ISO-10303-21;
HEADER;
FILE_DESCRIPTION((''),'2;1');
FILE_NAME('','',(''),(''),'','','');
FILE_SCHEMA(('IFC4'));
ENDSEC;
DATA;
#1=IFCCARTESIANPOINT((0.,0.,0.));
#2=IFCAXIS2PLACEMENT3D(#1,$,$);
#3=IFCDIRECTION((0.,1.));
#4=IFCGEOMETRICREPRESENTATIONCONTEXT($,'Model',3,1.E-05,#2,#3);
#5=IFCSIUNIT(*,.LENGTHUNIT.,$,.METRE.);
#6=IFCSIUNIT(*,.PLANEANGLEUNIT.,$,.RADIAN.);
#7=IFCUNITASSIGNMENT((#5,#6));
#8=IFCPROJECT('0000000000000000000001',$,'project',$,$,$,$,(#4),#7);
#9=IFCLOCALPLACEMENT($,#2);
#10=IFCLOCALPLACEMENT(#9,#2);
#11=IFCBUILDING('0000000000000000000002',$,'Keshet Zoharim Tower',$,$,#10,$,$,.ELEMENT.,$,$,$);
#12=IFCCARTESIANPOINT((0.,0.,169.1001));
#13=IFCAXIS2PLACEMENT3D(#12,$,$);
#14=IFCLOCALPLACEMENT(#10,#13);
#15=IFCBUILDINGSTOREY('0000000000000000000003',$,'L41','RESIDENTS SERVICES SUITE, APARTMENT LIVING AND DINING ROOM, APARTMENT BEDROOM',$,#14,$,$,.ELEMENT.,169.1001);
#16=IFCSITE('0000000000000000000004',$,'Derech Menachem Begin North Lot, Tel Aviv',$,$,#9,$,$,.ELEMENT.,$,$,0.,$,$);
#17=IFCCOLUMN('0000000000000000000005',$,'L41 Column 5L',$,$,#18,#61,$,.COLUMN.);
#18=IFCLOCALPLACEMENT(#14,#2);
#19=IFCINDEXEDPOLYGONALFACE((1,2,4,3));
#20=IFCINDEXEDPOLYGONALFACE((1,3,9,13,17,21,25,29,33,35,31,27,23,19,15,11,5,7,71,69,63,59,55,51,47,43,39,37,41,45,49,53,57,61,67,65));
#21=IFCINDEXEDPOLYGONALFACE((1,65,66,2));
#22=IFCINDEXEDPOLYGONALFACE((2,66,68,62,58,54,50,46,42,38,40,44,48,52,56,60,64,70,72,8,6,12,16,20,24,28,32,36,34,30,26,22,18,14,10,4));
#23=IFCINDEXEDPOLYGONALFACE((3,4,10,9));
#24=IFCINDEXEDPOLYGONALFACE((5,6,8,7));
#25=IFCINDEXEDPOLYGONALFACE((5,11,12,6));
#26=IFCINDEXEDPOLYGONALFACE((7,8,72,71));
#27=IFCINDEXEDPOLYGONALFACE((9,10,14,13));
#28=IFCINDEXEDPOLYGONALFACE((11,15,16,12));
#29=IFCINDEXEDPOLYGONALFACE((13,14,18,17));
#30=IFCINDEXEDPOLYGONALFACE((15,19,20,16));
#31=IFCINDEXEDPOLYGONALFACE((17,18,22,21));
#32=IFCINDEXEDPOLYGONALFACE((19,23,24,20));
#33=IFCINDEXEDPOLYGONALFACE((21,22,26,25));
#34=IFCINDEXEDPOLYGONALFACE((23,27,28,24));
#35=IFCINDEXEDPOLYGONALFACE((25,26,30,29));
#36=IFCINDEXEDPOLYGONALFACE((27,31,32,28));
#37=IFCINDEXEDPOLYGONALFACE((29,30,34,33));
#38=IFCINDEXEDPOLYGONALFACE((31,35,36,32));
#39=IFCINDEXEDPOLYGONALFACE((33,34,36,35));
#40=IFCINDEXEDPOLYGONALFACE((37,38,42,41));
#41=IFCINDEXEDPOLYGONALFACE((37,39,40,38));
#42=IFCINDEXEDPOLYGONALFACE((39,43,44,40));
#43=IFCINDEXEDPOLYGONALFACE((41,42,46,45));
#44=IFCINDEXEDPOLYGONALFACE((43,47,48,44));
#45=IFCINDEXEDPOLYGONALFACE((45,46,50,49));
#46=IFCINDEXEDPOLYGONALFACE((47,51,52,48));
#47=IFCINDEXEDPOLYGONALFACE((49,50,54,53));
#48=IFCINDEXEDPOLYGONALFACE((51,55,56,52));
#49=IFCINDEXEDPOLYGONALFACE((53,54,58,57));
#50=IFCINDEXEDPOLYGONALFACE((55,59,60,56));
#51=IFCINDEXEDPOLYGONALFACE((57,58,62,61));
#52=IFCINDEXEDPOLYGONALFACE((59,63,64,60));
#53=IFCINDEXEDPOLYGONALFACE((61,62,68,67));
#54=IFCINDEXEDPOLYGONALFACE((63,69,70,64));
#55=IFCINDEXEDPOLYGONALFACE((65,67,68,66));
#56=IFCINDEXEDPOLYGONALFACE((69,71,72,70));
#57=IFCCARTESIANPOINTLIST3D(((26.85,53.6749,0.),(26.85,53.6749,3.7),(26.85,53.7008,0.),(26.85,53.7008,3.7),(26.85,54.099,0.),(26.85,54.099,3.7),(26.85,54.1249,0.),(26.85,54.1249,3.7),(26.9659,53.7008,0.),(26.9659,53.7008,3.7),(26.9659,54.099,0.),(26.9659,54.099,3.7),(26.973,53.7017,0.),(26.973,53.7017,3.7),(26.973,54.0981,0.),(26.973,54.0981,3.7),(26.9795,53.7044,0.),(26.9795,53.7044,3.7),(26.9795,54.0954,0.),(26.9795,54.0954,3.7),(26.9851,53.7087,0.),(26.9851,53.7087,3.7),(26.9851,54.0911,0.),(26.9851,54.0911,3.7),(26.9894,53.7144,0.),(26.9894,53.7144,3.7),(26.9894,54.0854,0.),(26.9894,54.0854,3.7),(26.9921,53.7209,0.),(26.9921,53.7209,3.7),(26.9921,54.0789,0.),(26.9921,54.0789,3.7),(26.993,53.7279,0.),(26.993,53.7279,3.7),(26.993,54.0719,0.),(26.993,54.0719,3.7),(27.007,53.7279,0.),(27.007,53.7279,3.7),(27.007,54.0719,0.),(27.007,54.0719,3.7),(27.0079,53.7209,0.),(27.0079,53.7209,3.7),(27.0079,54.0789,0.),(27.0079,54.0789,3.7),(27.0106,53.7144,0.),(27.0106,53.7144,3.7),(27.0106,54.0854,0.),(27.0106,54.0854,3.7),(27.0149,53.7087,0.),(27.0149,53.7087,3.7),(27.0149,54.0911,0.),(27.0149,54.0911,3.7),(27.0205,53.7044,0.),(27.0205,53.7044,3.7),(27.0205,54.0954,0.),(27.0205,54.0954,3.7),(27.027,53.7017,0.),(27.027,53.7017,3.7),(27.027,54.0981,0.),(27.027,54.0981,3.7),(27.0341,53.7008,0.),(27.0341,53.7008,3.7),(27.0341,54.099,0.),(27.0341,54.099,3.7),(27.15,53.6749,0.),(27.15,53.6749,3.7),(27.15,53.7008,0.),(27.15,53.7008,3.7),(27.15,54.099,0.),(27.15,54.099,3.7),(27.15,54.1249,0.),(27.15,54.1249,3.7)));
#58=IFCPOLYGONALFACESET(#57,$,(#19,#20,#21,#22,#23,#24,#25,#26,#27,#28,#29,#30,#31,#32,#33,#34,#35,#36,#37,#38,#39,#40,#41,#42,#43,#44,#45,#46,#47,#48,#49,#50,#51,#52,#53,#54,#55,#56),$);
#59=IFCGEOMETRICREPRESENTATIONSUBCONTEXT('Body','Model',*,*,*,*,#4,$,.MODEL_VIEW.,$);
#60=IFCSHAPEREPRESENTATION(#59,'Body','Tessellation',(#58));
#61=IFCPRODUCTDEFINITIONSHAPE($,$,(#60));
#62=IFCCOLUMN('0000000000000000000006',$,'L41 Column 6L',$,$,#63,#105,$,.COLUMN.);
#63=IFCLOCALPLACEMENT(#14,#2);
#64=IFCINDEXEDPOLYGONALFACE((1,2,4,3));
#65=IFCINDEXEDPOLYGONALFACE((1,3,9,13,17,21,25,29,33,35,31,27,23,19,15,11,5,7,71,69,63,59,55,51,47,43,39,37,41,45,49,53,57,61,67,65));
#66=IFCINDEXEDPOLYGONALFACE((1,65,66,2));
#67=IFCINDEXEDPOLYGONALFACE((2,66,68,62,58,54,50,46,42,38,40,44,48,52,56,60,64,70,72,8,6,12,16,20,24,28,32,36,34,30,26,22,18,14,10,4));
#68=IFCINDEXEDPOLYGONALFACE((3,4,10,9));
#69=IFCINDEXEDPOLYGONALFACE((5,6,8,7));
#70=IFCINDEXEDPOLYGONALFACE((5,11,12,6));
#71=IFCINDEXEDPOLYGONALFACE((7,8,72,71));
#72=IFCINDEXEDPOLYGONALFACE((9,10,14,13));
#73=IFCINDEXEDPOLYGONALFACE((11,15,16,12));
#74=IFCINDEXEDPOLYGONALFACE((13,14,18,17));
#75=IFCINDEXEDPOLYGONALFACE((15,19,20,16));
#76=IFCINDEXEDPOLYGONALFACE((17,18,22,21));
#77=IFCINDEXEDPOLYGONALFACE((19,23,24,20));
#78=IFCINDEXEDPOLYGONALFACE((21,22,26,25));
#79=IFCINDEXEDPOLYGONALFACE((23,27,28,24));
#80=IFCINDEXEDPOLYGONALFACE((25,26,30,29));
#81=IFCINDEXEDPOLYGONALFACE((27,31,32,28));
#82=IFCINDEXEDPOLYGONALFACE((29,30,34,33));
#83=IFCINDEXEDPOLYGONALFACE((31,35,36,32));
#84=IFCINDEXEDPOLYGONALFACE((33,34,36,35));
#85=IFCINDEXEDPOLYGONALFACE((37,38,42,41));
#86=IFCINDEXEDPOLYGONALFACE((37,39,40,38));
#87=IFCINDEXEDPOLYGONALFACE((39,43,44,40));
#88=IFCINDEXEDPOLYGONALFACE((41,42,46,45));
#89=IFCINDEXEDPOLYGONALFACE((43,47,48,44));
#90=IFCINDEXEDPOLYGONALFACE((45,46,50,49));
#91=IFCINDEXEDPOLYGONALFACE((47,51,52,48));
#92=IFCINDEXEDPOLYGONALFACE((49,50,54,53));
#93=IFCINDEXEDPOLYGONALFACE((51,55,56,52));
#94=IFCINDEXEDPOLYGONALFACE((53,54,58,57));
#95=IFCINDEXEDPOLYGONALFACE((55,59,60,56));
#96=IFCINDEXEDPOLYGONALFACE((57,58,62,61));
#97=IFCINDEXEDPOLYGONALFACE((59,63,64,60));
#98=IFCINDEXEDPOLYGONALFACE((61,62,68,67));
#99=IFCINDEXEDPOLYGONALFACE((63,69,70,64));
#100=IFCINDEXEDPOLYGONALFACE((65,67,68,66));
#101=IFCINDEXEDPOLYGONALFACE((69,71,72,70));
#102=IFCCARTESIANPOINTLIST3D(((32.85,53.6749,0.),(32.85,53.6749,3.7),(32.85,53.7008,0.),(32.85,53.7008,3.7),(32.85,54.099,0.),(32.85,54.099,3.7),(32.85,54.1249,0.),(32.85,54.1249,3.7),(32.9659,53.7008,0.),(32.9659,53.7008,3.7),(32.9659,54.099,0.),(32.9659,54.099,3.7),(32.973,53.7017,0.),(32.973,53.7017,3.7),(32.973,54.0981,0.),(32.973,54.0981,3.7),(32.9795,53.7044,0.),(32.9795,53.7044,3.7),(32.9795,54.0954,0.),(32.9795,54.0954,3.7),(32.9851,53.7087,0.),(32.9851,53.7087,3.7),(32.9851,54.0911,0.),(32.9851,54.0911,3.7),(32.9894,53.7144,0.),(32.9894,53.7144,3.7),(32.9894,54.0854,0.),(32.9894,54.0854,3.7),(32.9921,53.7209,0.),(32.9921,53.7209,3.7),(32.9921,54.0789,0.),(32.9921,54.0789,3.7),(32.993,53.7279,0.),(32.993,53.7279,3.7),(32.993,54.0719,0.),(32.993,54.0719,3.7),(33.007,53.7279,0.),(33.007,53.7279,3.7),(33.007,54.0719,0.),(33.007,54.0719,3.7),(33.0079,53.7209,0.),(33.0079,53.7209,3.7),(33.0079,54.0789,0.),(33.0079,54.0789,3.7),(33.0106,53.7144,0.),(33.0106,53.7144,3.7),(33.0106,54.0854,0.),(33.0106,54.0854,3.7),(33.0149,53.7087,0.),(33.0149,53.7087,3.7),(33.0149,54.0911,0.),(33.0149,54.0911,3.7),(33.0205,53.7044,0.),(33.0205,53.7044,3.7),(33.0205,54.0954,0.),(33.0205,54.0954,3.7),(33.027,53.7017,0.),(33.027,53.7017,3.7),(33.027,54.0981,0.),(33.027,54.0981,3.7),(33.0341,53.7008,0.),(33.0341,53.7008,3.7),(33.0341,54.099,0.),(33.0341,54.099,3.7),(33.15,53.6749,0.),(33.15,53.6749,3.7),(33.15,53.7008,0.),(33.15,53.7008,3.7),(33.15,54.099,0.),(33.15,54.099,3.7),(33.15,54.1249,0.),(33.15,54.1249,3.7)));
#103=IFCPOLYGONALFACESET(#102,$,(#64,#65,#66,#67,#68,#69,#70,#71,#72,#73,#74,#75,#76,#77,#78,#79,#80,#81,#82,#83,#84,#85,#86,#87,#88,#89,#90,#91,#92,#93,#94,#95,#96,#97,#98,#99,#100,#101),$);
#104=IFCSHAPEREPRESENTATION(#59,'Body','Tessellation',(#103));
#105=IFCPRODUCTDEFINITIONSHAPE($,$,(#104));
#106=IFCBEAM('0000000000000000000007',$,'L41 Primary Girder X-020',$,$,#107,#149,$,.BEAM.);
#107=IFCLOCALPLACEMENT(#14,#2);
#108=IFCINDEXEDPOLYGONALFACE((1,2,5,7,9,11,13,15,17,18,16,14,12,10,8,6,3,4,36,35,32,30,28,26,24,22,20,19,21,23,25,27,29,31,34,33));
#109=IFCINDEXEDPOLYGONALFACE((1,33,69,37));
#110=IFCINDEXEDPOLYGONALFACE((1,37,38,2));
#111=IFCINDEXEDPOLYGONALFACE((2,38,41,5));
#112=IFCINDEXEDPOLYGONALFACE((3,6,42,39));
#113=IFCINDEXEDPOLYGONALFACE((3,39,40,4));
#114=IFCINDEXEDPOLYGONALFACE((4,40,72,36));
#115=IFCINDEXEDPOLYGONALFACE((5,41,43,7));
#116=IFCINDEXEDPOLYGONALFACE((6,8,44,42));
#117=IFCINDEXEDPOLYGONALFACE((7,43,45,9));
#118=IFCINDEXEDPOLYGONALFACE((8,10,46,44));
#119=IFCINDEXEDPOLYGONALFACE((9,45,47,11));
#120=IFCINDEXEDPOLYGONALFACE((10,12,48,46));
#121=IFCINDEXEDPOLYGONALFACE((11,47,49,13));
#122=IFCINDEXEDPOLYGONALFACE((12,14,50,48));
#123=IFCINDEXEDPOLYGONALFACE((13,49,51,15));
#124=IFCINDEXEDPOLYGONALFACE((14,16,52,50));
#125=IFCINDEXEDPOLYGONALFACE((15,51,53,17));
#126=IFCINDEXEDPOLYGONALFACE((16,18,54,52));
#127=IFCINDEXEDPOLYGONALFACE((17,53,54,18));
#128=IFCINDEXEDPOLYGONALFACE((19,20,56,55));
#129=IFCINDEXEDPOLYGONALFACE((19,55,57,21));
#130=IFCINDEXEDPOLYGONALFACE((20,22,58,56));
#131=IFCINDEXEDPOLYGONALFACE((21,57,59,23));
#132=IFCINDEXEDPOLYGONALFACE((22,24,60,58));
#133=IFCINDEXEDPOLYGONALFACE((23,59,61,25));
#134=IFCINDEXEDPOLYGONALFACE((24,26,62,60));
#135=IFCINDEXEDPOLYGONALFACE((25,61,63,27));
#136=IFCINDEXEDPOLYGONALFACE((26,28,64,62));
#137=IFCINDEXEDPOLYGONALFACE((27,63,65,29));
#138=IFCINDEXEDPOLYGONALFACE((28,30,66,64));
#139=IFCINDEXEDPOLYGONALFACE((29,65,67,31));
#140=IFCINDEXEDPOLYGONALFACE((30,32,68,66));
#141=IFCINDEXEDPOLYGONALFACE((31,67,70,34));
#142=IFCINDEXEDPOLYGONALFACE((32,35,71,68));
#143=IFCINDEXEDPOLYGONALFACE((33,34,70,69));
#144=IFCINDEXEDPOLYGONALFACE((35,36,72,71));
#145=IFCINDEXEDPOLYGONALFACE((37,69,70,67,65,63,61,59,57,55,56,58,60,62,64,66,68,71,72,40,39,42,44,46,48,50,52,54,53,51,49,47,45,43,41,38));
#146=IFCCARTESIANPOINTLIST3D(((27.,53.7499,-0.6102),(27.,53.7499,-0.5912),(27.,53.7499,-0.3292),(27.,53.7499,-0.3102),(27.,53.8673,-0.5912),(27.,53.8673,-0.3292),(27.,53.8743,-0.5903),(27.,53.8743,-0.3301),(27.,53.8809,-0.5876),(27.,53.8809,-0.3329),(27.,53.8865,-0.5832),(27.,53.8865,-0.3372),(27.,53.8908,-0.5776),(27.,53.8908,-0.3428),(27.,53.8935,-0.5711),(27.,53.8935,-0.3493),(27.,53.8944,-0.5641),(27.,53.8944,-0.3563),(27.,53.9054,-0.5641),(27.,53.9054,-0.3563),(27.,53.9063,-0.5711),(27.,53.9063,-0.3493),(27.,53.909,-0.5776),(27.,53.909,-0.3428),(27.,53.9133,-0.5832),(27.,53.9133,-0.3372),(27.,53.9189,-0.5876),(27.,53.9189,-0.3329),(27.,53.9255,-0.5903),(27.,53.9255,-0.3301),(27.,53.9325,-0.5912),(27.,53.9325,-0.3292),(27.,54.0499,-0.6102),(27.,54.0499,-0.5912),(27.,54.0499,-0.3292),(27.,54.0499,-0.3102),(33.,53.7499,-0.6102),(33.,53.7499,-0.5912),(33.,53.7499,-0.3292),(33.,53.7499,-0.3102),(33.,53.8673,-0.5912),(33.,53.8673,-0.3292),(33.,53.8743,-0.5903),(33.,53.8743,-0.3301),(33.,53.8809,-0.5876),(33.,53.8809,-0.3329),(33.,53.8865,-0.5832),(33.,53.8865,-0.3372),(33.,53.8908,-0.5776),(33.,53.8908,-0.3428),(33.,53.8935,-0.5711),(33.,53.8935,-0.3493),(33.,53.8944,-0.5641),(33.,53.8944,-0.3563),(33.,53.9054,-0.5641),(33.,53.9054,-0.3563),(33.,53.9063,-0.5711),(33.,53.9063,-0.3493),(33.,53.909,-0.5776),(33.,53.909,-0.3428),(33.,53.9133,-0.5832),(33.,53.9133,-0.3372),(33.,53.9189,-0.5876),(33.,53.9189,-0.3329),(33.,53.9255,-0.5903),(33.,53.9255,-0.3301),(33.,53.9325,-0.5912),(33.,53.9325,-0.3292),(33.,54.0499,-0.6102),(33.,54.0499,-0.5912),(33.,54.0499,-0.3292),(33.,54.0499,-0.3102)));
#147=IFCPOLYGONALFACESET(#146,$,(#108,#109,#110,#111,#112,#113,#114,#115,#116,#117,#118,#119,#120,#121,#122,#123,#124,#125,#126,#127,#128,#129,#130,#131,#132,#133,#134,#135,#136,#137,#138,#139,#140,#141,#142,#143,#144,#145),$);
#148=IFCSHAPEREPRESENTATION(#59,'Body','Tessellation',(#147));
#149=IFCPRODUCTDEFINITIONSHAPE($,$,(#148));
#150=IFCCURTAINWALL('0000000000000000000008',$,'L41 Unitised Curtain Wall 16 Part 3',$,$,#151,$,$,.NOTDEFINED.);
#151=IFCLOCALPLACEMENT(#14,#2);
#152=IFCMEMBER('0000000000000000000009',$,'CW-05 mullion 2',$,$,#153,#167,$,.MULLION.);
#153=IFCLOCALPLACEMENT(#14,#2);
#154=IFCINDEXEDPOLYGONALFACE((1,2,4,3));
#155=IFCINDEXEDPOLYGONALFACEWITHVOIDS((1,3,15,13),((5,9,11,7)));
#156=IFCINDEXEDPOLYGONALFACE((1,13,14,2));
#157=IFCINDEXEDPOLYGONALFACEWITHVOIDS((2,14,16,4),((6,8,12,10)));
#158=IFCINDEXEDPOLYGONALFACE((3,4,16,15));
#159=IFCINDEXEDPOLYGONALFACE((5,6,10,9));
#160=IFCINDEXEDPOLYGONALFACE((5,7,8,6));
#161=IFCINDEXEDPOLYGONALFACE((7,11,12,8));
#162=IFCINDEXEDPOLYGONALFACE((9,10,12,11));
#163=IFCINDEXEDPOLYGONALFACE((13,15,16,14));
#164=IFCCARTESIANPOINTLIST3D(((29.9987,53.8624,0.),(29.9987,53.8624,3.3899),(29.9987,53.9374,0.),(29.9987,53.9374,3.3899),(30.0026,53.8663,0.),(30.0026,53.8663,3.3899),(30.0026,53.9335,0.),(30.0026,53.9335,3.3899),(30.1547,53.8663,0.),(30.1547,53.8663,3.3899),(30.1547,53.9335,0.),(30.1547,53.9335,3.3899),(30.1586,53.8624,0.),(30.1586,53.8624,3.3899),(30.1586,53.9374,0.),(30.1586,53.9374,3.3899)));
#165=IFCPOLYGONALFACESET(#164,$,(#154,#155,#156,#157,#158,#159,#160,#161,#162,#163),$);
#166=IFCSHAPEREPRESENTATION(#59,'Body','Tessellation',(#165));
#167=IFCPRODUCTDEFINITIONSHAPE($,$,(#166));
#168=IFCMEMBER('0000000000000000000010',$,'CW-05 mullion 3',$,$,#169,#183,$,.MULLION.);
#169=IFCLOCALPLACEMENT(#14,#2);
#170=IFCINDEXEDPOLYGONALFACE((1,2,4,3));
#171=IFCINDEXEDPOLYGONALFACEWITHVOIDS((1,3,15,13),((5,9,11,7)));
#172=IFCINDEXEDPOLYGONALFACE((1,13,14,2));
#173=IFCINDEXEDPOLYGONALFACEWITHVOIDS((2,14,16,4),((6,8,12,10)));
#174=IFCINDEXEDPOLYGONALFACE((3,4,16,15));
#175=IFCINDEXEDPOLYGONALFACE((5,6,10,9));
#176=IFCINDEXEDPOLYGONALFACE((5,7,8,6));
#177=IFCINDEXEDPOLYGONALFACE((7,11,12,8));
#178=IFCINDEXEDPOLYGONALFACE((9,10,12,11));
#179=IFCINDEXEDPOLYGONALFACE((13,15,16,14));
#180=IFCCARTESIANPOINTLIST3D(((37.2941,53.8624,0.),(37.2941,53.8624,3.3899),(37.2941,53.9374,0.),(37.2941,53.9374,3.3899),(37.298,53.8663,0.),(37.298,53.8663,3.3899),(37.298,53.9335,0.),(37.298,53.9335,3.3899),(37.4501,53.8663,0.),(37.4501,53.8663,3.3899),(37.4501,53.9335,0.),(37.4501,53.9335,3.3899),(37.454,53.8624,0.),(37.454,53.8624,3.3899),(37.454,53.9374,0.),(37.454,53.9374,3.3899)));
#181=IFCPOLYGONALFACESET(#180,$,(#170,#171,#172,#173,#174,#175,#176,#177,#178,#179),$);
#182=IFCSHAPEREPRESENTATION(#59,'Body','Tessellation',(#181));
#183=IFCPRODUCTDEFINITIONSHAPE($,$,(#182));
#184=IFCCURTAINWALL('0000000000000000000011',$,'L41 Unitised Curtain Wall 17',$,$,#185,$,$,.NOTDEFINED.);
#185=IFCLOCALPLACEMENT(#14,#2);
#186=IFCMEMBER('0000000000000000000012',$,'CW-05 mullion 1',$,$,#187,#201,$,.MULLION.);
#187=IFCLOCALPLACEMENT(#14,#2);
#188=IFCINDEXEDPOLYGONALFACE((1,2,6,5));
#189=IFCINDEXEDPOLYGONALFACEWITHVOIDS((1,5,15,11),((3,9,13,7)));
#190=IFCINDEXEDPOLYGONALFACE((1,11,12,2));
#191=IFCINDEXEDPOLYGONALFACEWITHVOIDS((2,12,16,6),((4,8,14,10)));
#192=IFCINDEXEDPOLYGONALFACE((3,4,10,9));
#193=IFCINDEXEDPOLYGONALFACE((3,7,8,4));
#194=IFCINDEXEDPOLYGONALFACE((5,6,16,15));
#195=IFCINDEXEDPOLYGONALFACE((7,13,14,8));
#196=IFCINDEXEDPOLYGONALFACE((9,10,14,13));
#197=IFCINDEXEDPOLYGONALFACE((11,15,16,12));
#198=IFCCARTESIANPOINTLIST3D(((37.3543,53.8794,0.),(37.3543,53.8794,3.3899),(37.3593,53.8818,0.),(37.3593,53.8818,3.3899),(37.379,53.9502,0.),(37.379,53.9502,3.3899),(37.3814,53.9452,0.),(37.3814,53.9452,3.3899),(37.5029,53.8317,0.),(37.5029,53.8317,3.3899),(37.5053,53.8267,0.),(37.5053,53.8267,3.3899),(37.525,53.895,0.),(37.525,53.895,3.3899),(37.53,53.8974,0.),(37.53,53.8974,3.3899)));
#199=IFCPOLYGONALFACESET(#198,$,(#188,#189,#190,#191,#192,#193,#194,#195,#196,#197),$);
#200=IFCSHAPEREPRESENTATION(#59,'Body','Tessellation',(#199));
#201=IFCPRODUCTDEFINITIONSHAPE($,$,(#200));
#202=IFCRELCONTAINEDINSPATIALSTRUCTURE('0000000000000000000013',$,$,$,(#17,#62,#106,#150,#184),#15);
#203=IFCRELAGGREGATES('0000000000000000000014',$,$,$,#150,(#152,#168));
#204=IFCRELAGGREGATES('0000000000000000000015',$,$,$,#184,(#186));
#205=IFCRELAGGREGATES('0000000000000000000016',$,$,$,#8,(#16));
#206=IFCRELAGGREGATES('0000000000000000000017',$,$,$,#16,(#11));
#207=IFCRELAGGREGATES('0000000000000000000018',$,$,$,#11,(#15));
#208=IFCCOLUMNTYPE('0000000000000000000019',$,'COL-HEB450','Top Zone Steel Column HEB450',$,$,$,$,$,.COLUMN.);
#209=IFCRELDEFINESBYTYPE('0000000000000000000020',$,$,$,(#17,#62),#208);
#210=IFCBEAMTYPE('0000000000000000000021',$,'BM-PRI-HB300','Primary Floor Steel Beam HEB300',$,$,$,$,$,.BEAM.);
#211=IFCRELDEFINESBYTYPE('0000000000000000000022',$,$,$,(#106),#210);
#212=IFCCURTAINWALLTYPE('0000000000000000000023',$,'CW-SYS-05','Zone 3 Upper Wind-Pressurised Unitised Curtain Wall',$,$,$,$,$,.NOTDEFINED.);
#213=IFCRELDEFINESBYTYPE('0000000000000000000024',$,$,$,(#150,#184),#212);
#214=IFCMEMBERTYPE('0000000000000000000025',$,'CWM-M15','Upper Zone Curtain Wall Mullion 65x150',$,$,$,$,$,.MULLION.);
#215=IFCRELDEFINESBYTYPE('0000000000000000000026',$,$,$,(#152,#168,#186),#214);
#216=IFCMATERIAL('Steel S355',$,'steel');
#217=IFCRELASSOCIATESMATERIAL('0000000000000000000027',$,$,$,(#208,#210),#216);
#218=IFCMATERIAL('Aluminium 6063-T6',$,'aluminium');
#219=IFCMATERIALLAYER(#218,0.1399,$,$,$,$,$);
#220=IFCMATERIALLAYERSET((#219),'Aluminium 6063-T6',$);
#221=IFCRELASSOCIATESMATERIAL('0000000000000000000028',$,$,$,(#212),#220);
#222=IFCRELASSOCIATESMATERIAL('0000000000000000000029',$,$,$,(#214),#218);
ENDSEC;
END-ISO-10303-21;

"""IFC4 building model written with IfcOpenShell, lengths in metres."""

from ifc_helpers import new_model, si_unit, direction, frame, origin, origin_2d, place, context, subcontext, project, spatial, hollow_rectangle, i_section, extrude, material, layer, layer_set, material_profile, profile_set, type_object, element, aggregate, save


model = new_model("IFC4")

# Units and contexts
model_context = context("Model", 3, precision=1e-05, world=origin(), true_north=direction((0.0, 1.0)))
body_context = subcontext(model_context, "Body", "Model", "MODEL_VIEW")
ifc_project = project(units=[si_unit("LENGTHUNIT", "METRE"), si_unit("PLANEANGLEUNIT", "RADIAN")], contexts=[model_context])

# Site, building, storey
site_placement = place(None, origin())
site = spatial("IfcSite", under=ifc_project, at=site_placement, Name="Derech Menachem Begin North Lot, Tel Aviv", CompositionType="ELEMENT", RefElevation=0.0)
building_placement = place(site_placement, origin())
building = spatial("IfcBuilding", under=site, at=building_placement, Name="Keshet Zoharim Tower", CompositionType="ELEMENT")
storey_placement = place(building_placement, frame((0.0, 0.0, 169.1001)))
storey = spatial("IfcBuildingStorey", under=building, at=storey_placement, Name="L41", Description="RESIDENTS SERVICES SUITE, APARTMENT LIVING AND DINING ROOM, APARTMENT BEDROOM", CompositionType="ELEMENT", Elevation=169.1001)

# Columns
ifc_material_1 = material(Name="Steel S355", Category="steel")
ifc_material_profile_1 = material_profile(ifc_material_1, i_section(OverallWidth=0.3, OverallDepth=0.45, WebThickness=0.0139, FlangeThickness=0.0259, FilletRadius=0.0271, at=origin_2d()), Name="HEB450")
ifc_profile_set_1 = profile_set([ifc_material_profile_1], Name="Steel S355")
column_type = type_object("IfcColumnType", Name="COL-HEB450", Description="Top Zone Steel Column HEB450", PredefinedType="COLUMN", material=ifc_profile_set_1)
for number, where, z_axis, x_axis, name in (
    (1, (27.0, 53.8999, 0.0), (0.0, 0.0, 1.0), (1.0, 0.0, 0.0), "L41 Column 5L"),
    (2, (33.0, 53.8999, 0.0), (0.0, 0.0, 1.0), (1.0, 0.0, 0.0), "L41 Column 6L"),
):
    element("IfcColumn", number, at=place(storey_placement, frame(where, z_axis=z_axis, x_axis=x_axis)), inside=storey, type_object=column_type, Name=name, PredefinedType="COLUMN", context=body_context, shape_type="SweptSolid", body=[
        extrude(i_section(OverallWidth=0.3, OverallDepth=0.45, WebThickness=0.0139, FlangeThickness=0.0259, FilletRadius=0.0271, at=origin_2d()), origin(), (0.0, 0.0, 1.0), 3.7),
    ])

# Beam
ifc_material_profile_2 = material_profile(ifc_material_1, i_section(OverallWidth=0.3, OverallDepth=0.3, WebThickness=0.011, FlangeThickness=0.019, FilletRadius=0.0271, at=origin_2d()), Name="HEB300")
ifc_profile_set_2 = profile_set([ifc_material_profile_2], Name="Steel S355")
beam_type = type_object("IfcBeamType", Name="BM-PRI-HB300", Description="Primary Floor Steel Beam HEB300", PredefinedType="BEAM", material=ifc_profile_set_2)
beam_placement = place(storey_placement, frame((27.0, 53.8999, -0.4602), z_axis=(1.0, 0.0, 0.0), x_axis=(0.0, 1.0, 0.0)))
element("IfcBeam", 3, at=beam_placement, inside=storey, type_object=beam_type, Name="L41 Primary Girder X-020", PredefinedType="BEAM", context=body_context, shape_type="SweptSolid", body=[
    extrude(i_section(OverallWidth=0.3, OverallDepth=0.3, WebThickness=0.011, FlangeThickness=0.019, FilletRadius=0.0271, at=origin_2d()), origin(), (0.0, 0.0, 1.0), 6.0),
])

# Curtain walls, members
ifc_material_2 = material(Name="Aluminium 6063-T6", Category="aluminium")
ifc_layer_1 = layer(ifc_material_2, 0.1399)
ifc_layer_set_1 = layer_set([ifc_layer_1], Name="Aluminium 6063-T6")
curtain_wall_type = type_object("IfcCurtainWallType", Name="CW-SYS-05", Description="Zone 3 Upper Wind-Pressurised Unitised Curtain Wall", PredefinedType="NOTDEFINED", material=ifc_layer_set_1)
curtain_wall_1_placement = place(storey_placement, origin())
curtain_wall_1 = element("IfcCurtainWall", 4, at=curtain_wall_1_placement, inside=storey, type_object=curtain_wall_type, Name="L41 Unitised Curtain Wall 16 Part 3", PredefinedType="NOTDEFINED")
ifc_material_profile_3 = material_profile(ifc_material_2, hollow_rectangle(XDim=0.075, YDim=0.1599, WallThickness=0.0039, at=origin_2d()), Name="MUL-75x160")
ifc_profile_set_3 = profile_set([ifc_material_profile_3], Name="Aluminium 6063-T6")
member_type_1 = type_object("IfcMemberType", Name="CWM-M15", Description="Upper Zone Curtain Wall Mullion 65x150", PredefinedType="MULLION", material=ifc_profile_set_3)
member_1_placement = place(storey_placement, frame((30.0786, 53.8999, 0.0), z_axis=(0.0, 0.0, 1.0), x_axis=(0.0, 1.0, 0.0)))
member_1 = element("IfcMember", 5, at=member_1_placement, type_object=member_type_1, Name="CW-05 mullion 2", PredefinedType="MULLION", context=body_context, shape_type="SweptSolid", body=[
    extrude(hollow_rectangle(XDim=0.075, YDim=0.1599, WallThickness=0.0039, at=origin_2d()), origin(), (0.0, 0.0, 1.0), 3.3899),
])
member_2_placement = place(storey_placement, frame((37.374, 53.8999, 0.0), z_axis=(0.0, 0.0, 1.0), x_axis=(0.0, 1.0, 0.0)))
member_2 = element("IfcMember", 6, at=member_2_placement, type_object=member_type_1, Name="CW-05 mullion 3", PredefinedType="MULLION", context=body_context, shape_type="SweptSolid", body=[
    extrude(hollow_rectangle(XDim=0.075, YDim=0.1599, WallThickness=0.0039, at=origin_2d()), origin(), (0.0, 0.0, 1.0), 3.3899),
])
curtain_wall_2_placement = place(storey_placement, origin())
curtain_wall_2 = element("IfcCurtainWall", 7, at=curtain_wall_2_placement, inside=storey, type_object=curtain_wall_type, Name="L41 Unitised Curtain Wall 17", PredefinedType="NOTDEFINED")
member_3_placement = place(storey_placement, frame((37.4421, 53.8884, 0.0), z_axis=(0.0, 0.0, 1.0), x_axis=(0.329844, 0.944036, 0.0)))
member_3 = element("IfcMember", 8, at=member_3_placement, type_object=member_type_1, Name="CW-05 mullion 1", PredefinedType="MULLION", context=body_context, shape_type="SweptSolid", body=[
    extrude(hollow_rectangle(XDim=0.075, YDim=0.1599, WallThickness=0.0039, at=origin_2d()), origin(), (0.0, 0.0, 1.0), 3.3899),
])

aggregate(curtain_wall_1, [member_1, member_2])
aggregate(curtain_wall_2, [member_3])

save(model, "model.ifc")
